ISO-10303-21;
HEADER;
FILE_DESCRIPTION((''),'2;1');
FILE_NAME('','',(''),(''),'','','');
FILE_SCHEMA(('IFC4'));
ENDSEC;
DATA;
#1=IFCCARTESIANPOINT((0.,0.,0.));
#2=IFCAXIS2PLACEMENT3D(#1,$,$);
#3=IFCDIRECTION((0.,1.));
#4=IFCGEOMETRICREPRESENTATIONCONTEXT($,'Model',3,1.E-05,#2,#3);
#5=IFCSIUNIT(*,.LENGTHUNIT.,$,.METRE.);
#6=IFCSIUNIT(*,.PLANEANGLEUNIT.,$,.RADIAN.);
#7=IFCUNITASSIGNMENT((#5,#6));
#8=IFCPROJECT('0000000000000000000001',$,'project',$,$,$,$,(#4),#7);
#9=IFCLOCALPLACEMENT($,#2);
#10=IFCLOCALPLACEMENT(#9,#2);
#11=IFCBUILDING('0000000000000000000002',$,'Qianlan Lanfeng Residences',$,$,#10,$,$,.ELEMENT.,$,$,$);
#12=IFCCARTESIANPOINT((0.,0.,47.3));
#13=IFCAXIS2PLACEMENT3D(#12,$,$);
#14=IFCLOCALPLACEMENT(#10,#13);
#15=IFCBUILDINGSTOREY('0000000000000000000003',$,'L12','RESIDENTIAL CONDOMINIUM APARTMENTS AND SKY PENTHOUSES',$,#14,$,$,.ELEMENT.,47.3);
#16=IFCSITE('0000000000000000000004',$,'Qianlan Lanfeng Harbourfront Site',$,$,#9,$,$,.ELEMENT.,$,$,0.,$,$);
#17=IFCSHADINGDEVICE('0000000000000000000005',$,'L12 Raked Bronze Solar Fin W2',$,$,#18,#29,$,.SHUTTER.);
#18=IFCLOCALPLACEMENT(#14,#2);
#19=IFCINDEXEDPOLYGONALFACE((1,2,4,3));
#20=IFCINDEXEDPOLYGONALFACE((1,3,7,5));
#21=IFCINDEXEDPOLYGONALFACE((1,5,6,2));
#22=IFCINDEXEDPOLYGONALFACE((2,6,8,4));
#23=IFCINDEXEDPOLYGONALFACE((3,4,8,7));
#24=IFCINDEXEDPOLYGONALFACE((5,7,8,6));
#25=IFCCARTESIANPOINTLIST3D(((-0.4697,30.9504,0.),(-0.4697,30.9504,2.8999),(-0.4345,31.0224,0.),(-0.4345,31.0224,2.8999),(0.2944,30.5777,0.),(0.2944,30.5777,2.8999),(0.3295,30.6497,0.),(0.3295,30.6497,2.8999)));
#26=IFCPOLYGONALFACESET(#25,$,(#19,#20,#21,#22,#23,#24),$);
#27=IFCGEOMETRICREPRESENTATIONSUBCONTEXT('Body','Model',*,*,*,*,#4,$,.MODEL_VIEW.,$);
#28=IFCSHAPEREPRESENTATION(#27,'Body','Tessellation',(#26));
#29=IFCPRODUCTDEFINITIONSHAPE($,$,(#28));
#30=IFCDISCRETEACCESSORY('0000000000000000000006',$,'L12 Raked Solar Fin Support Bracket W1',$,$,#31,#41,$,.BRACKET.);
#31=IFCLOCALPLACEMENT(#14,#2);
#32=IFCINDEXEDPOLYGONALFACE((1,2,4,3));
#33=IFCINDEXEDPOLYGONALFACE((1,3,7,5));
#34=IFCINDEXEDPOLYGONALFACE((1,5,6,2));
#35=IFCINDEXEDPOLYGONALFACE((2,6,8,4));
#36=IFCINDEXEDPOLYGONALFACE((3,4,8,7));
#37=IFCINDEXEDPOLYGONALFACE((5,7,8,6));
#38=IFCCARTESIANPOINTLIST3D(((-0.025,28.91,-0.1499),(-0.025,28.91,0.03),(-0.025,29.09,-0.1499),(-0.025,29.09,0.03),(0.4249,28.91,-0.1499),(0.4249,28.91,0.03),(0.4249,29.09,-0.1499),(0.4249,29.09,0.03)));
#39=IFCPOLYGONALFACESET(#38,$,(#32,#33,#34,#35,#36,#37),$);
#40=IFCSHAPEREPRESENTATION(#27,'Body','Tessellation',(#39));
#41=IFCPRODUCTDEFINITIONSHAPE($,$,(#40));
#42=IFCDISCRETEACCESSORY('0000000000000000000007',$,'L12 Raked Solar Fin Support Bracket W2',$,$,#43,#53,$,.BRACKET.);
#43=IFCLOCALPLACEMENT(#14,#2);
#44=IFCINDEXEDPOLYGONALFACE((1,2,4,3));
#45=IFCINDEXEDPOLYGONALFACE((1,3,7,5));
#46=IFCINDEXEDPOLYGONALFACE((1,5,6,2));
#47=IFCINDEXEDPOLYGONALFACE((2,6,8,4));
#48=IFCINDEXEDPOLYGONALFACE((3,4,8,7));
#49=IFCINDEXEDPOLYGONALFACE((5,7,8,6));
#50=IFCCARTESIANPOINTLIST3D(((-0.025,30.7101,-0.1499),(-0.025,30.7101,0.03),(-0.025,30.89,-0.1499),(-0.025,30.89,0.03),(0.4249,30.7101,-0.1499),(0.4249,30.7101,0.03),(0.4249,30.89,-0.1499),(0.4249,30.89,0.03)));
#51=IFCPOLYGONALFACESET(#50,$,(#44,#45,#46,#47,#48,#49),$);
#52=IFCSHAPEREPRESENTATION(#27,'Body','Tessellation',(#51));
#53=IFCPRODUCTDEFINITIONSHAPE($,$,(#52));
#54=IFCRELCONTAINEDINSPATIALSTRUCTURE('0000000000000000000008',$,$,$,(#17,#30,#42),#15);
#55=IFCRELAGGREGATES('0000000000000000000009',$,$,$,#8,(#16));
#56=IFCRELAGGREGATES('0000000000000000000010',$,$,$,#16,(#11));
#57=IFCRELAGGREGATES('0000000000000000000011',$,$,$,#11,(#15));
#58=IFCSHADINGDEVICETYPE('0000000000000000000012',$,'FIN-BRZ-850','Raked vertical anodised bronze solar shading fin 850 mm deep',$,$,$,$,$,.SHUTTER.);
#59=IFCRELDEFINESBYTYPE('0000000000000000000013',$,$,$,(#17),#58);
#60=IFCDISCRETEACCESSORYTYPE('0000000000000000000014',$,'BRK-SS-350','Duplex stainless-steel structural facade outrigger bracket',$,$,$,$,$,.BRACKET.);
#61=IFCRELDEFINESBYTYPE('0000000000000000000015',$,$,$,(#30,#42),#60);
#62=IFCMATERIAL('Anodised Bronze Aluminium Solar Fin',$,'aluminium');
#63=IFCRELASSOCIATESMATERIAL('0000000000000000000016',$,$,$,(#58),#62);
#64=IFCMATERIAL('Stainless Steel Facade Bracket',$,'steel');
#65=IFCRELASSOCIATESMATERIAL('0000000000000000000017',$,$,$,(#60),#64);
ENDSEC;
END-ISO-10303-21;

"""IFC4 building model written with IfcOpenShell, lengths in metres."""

from ifc_helpers import new_model, si_unit, direction, frame, origin, origin_2d, place, context, subcontext, project, spatial, rectangle, extrude, source, transform, mapped, material, type_object, element, save


model = new_model("IFC4")

# Units and contexts
model_context = context("Model", 3, precision=1e-05, world=origin(), true_north=direction((0.0, 1.0)))
body_context = subcontext(model_context, "Body", "Model", "MODEL_VIEW")
ifc_project = project(units=[si_unit("LENGTHUNIT", "METRE"), si_unit("PLANEANGLEUNIT", "RADIAN")], contexts=[model_context])

# Site, building, storey
site_placement = place(None, origin())
site = spatial("IfcSite", under=ifc_project, at=site_placement, Name="Qianlan Lanfeng Harbourfront Site", CompositionType="ELEMENT", RefElevation=0.0)
building_placement = place(site_placement, origin())
building = spatial("IfcBuilding", under=site, at=building_placement, Name="Qianlan Lanfeng Residences", CompositionType="ELEMENT")
storey_placement = place(building_placement, frame((0.0, 0.0, 47.3)))
storey = spatial("IfcBuildingStorey", under=building, at=storey_placement, Name="L12", Description="RESIDENTIAL CONDOMINIUM APARTMENTS AND SKY PENTHOUSES", CompositionType="ELEMENT", Elevation=47.3)

# Shading device
ifc_material_1 = material(Name="Anodised Bronze Aluminium Solar Fin", Category="aluminium")
shading_device_type = type_object("IfcShadingDeviceType", Name="FIN-BRZ-850", Description="Raked vertical anodised bronze solar shading fin 850 mm deep", PredefinedType="SHUTTER", material=ifc_material_1)
shared_shape_1 = source(origin(), body_context, "Body", "SweptSolid", [
    extrude(rectangle(XDim=0.8501, YDim=0.0801, at=origin_2d()), origin(), (0.0, 0.0, 1.0), 2.8999),
])
for number, where, z_axis, x_axis, name in (
    (1, (-0.0701, 30.8, 0.0), (0.0, 0.0, 1.0), (0.898794, -0.438371, 0.0), "L12 Raked Bronze Solar Fin W2"),
):
    element("IfcShadingDevice", number, at=place(storey_placement, frame(where, z_axis=z_axis, x_axis=x_axis)), inside=storey, type_object=shading_device_type, Name=name, PredefinedType="SHUTTER", context=body_context, shape_type="MappedRepresentation", body=[
        mapped(shared_shape_1, transform((0.0, 0.0, 0.0), scale=1.0)),
    ])

# Discrete accessories
ifc_material_2 = material(Name="Stainless Steel Facade Bracket", Category="steel")
discrete_accessory_type = type_object("IfcDiscreteAccessoryType", Name="BRK-SS-350", Description="Duplex stainless-steel structural facade outrigger bracket", PredefinedType="BRACKET", material=ifc_material_2)
shared_shape_2 = source(origin(), body_context, "Body", "SweptSolid", [
    extrude(rectangle(XDim=0.45, YDim=0.1799, at=origin_2d()), origin(), (0.0, 0.0, 1.0), 0.1799),
])
for number, where, z_axis, x_axis, name in (
    (2, (0.2, 29.0, -0.1499), (0.0, 0.0, 1.0), (1.0, 0.0, 0.0), "L12 Raked Solar Fin Support Bracket W1"),
    (3, (0.2, 30.8, -0.1499), (0.0, 0.0, 1.0), (1.0, 0.0, 0.0), "L12 Raked Solar Fin Support Bracket W2"),
):
    element("IfcDiscreteAccessory", number, at=place(storey_placement, frame(where, z_axis=z_axis, x_axis=x_axis)), inside=storey, type_object=discrete_accessory_type, Name=name, PredefinedType="BRACKET", context=body_context, shape_type="MappedRepresentation", body=[
        mapped(shared_shape_2, transform((0.0, 0.0, 0.0), scale=1.0)),
    ])

save(model, "model.ifc")
